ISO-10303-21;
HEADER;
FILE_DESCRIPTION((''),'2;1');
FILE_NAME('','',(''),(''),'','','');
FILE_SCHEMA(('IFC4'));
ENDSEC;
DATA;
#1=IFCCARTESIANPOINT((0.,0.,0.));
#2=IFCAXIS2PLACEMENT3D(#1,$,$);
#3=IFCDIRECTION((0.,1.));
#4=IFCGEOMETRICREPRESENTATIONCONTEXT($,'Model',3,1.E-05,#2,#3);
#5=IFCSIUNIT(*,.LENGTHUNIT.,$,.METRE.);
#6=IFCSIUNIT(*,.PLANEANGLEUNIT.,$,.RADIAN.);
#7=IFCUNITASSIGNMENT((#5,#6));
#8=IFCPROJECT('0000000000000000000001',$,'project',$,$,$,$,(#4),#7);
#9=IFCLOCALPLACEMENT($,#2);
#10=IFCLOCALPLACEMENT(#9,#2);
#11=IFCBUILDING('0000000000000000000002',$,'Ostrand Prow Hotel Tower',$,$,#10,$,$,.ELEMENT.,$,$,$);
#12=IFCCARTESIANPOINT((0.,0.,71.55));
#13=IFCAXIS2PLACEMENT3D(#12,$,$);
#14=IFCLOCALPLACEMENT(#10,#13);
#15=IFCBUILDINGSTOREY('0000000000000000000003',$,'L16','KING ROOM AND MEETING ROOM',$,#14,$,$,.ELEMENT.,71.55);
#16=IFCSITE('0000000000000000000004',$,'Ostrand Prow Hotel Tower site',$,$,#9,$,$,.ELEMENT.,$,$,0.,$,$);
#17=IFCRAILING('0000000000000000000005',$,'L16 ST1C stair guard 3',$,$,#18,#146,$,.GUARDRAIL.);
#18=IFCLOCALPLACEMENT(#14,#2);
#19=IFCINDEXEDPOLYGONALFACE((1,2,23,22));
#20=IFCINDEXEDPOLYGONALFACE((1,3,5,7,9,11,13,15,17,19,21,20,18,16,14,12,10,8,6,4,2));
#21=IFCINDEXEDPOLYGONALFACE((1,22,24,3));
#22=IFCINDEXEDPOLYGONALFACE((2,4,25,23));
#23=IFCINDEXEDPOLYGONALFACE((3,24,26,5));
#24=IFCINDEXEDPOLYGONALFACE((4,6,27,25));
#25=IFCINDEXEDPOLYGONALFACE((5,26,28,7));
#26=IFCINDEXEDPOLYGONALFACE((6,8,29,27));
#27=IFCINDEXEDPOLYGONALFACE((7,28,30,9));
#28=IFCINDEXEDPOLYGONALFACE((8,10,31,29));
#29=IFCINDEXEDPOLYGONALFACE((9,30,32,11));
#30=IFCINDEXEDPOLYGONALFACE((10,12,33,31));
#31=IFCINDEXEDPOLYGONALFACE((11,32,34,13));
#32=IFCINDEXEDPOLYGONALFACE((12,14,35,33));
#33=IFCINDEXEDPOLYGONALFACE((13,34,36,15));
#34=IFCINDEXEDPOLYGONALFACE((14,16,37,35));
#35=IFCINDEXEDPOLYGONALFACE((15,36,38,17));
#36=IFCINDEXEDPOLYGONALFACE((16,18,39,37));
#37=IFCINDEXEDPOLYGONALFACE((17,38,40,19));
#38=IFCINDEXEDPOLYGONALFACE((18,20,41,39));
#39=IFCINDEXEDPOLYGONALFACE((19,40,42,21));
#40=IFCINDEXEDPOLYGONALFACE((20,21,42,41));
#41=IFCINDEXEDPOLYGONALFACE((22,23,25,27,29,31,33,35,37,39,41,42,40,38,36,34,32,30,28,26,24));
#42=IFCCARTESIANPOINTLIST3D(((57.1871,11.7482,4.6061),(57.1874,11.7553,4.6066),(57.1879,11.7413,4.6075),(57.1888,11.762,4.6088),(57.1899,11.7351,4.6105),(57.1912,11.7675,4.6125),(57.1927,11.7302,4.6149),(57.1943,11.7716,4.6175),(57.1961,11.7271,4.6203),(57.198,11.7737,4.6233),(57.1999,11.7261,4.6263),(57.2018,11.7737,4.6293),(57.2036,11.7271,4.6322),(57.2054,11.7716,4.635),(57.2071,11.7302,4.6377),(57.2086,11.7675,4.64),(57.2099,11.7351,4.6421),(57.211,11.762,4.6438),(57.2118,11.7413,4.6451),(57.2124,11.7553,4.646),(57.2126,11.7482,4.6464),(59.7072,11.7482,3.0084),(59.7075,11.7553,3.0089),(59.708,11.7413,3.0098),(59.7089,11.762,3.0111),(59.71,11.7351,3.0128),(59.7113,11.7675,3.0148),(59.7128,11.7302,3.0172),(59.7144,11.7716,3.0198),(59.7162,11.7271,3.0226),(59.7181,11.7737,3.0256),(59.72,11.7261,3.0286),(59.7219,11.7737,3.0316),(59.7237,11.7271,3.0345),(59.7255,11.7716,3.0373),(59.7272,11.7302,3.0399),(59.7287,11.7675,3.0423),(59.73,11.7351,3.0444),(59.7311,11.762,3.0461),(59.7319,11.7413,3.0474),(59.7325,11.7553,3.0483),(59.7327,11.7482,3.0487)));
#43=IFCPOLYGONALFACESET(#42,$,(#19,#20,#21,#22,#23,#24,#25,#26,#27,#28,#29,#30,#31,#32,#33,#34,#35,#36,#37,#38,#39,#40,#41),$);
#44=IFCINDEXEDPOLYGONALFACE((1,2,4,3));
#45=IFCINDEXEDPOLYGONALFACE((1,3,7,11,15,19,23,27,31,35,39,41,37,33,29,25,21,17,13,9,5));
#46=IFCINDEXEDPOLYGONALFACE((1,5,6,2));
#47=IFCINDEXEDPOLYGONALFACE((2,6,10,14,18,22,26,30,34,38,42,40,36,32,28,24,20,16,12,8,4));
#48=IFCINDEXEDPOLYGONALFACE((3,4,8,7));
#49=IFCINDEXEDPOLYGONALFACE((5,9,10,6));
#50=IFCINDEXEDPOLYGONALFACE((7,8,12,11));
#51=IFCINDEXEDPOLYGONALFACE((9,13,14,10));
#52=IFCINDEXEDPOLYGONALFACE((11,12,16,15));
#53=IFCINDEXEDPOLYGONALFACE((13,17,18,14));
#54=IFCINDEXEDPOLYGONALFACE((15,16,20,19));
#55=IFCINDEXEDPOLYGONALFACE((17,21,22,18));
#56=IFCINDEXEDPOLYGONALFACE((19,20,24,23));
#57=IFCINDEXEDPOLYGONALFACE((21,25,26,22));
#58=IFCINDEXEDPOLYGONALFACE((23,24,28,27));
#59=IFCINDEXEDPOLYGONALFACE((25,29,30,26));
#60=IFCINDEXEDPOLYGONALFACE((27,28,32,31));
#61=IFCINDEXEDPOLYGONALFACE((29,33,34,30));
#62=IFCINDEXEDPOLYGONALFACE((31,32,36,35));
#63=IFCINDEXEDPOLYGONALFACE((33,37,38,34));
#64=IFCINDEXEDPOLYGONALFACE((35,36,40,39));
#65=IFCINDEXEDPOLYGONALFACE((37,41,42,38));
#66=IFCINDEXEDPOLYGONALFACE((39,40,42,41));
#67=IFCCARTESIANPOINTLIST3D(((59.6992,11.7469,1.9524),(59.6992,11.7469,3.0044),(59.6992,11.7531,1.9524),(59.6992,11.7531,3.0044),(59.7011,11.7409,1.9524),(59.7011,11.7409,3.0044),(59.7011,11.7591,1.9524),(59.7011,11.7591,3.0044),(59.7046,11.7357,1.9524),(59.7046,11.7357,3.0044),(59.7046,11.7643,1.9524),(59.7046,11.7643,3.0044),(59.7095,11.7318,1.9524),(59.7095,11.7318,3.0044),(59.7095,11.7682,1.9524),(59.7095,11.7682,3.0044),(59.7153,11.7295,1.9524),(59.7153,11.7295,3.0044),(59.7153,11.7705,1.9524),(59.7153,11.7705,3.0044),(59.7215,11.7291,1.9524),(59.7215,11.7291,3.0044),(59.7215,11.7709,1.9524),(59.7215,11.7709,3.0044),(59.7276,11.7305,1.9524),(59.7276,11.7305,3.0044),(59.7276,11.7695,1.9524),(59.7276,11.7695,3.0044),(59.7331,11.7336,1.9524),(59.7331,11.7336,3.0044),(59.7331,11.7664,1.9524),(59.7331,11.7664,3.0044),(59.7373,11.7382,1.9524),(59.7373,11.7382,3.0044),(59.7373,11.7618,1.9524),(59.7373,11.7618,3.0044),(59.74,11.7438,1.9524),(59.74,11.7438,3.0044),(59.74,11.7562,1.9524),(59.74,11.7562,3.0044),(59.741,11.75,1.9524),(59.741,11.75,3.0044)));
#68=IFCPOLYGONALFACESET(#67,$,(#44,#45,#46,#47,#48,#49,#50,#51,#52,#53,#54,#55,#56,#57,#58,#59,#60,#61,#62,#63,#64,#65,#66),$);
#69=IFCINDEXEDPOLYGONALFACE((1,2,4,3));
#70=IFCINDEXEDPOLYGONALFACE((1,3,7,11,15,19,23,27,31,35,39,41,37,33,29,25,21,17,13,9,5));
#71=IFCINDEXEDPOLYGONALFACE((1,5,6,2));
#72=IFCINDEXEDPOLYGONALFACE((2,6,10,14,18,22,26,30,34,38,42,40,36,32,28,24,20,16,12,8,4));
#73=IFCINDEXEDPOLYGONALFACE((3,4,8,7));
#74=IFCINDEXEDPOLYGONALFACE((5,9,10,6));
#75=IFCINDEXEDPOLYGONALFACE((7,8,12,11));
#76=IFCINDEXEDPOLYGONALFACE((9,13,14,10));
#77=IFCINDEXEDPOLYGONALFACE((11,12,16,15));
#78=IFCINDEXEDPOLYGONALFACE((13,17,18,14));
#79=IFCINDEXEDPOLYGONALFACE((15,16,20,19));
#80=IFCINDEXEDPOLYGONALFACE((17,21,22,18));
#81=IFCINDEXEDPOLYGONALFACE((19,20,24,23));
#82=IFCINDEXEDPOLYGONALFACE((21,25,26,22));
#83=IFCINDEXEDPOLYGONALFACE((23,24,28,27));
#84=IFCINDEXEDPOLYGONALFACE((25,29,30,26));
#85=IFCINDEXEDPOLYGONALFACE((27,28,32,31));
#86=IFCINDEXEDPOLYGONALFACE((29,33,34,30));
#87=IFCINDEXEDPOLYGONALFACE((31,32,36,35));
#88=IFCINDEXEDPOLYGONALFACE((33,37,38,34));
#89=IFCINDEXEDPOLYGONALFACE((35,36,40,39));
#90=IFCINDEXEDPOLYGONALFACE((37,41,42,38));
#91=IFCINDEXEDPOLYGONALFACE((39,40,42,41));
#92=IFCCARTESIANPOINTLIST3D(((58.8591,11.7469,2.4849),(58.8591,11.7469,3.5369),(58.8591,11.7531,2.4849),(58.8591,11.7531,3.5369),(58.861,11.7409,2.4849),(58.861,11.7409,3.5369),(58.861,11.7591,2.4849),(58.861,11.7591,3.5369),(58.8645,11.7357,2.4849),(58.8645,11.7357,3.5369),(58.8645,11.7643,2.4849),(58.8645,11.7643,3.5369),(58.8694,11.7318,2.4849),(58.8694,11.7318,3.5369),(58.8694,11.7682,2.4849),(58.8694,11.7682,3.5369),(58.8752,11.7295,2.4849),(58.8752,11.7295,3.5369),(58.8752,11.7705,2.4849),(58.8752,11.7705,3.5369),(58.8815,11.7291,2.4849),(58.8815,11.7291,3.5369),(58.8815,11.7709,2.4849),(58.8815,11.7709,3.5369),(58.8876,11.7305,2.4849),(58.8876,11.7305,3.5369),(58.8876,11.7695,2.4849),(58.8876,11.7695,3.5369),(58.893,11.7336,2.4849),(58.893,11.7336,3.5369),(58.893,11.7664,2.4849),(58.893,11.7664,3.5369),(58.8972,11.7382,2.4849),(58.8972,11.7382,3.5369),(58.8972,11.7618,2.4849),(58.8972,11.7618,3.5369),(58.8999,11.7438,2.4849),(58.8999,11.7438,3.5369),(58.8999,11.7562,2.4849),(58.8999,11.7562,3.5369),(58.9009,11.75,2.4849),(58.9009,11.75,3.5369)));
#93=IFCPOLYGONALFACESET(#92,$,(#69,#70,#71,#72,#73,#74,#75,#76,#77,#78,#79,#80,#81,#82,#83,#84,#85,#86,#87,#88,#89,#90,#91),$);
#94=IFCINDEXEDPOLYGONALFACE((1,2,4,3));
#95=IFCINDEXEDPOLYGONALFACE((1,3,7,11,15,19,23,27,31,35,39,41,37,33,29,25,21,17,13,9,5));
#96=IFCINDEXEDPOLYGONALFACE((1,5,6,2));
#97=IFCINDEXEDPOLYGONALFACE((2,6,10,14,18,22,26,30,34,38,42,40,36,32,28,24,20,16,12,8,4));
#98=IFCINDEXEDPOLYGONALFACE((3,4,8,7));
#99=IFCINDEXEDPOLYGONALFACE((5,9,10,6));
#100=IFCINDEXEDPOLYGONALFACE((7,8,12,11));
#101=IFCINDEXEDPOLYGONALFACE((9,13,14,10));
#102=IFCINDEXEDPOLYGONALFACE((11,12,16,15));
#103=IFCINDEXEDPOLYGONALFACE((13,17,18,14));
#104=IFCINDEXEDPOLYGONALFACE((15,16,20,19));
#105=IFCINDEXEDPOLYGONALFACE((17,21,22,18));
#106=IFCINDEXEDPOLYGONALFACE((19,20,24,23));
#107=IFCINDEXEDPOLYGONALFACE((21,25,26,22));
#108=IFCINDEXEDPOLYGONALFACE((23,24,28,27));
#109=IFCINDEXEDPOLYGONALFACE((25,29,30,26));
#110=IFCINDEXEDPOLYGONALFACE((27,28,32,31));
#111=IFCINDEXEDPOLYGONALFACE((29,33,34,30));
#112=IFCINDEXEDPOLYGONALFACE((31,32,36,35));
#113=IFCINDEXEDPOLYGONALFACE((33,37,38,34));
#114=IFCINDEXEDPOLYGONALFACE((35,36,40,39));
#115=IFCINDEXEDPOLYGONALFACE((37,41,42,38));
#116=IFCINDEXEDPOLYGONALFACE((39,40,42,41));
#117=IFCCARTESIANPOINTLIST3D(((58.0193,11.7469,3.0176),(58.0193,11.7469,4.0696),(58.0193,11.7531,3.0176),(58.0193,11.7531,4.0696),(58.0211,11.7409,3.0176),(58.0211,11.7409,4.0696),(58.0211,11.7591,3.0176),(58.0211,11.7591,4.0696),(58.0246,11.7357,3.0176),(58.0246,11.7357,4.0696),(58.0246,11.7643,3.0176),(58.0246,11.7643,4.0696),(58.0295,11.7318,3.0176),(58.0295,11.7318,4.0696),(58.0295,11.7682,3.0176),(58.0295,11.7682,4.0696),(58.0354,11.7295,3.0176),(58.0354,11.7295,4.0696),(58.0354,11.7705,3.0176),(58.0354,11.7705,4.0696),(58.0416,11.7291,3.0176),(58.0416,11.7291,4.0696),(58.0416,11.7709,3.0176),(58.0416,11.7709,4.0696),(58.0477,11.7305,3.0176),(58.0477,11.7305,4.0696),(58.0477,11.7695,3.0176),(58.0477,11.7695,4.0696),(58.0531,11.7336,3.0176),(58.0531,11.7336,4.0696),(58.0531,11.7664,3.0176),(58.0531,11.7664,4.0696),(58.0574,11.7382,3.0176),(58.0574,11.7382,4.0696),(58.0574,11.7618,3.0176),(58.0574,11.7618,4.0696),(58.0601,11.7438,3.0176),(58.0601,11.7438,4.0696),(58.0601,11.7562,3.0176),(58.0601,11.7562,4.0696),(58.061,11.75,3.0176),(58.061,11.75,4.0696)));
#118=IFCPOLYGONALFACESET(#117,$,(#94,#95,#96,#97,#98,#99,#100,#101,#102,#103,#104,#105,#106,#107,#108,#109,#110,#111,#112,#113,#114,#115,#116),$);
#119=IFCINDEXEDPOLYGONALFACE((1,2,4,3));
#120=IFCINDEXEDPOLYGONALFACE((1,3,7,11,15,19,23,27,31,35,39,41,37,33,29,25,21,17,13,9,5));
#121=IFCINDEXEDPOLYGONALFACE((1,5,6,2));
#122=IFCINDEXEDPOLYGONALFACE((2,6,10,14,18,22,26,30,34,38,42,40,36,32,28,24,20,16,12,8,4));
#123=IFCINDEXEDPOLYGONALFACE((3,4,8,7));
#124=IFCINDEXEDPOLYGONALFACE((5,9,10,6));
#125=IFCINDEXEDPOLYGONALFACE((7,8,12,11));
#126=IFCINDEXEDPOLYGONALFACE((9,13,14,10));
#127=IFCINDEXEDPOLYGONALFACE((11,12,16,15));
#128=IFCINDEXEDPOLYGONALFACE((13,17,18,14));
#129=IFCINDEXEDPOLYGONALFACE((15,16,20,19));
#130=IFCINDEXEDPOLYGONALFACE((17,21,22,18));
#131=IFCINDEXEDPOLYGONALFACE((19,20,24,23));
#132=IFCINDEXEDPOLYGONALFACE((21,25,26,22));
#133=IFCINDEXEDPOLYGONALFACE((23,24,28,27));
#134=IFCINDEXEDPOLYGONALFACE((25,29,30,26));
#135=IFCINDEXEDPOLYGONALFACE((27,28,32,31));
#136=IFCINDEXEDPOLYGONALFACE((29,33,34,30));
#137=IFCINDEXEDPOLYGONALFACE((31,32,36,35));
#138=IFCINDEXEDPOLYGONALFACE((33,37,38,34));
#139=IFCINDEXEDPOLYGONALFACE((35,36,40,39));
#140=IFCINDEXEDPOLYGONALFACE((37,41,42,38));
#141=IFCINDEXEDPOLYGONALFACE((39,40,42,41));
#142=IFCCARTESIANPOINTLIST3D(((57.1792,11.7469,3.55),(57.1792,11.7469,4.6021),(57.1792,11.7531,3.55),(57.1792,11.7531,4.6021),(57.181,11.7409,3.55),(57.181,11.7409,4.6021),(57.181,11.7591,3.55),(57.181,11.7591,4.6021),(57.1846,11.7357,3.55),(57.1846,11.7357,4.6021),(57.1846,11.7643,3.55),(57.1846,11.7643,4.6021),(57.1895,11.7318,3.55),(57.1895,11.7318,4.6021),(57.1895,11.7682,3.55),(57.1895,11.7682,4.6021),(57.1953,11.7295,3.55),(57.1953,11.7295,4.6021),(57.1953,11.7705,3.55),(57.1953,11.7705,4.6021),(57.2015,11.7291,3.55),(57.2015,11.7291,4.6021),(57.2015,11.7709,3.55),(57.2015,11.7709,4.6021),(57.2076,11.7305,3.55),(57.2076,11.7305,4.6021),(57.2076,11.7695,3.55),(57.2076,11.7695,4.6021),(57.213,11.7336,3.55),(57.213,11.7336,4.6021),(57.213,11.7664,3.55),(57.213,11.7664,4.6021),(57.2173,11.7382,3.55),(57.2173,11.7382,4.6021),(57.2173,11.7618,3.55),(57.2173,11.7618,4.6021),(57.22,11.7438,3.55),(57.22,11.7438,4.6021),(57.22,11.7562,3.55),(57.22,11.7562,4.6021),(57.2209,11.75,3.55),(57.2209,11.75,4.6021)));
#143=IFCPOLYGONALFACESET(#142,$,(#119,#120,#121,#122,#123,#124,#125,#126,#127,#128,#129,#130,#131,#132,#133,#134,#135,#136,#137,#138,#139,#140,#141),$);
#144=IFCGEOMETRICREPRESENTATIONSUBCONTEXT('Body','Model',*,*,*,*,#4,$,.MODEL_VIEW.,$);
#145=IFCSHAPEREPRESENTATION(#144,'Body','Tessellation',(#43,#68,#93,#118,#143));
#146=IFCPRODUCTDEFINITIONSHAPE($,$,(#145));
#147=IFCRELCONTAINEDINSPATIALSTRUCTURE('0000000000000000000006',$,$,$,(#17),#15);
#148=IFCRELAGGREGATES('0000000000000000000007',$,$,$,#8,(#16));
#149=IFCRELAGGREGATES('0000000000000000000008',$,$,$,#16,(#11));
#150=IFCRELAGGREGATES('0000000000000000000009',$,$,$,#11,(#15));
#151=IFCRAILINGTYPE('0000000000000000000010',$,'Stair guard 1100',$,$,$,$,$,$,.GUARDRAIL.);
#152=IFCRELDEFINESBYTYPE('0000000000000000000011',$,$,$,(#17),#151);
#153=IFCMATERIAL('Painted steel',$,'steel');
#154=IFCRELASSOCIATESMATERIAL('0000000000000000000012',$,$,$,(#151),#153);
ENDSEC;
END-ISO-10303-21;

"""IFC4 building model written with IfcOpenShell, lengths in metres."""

from ifc_helpers import new_model, si_unit, direction, frame, origin, origin_2d, place, context, subcontext, project, spatial, circle, extrude, material, type_object, element, save


model = new_model("IFC4")

# Units and contexts
model_context = context("Model", 3, precision=1e-05, world=origin(), true_north=direction((0.0, 1.0)))
body_context = subcontext(model_context, "Body", "Model", "MODEL_VIEW")
ifc_project = project(units=[si_unit("LENGTHUNIT", "METRE"), si_unit("PLANEANGLEUNIT", "RADIAN")], contexts=[model_context])

# Site, building, storey
site_placement = place(None, origin())
site = spatial("IfcSite", under=ifc_project, at=site_placement, Name="Ostrand Prow Hotel Tower site", CompositionType="ELEMENT", RefElevation=0.0)
building_placement = place(site_placement, origin())
building = spatial("IfcBuilding", under=site, at=building_placement, Name="Ostrand Prow Hotel Tower", CompositionType="ELEMENT")
storey_placement = place(building_placement, frame((0.0, 0.0, 71.55)))
storey = spatial("IfcBuildingStorey", under=building, at=storey_placement, Name="L16", Description="KING ROOM AND MEETING ROOM", CompositionType="ELEMENT", Elevation=71.55)

# Railing
ifc_material_1 = material(Name="Painted steel", Category="steel")
railing_type_1 = type_object("IfcRailingType", Name="Stair guard 1100", PredefinedType="GUARDRAIL", material=ifc_material_1)
railing_1_placement = place(storey_placement, frame((59.72, 11.75, 1.9524)))
element("IfcRailing", 1, at=railing_1_placement, inside=storey, type_object=railing_type_1, Name="L16 ST1C stair guard 3", PredefinedType="GUARDRAIL", context=body_context, shape_type="SweptSolid", body=[
    extrude(circle(Radius=0.0239, at=origin_2d()), frame((0.0, 0.0, 1.0762), z_axis=(-0.84457, 0.0, 0.535445), x_axis=(0.0, -1.0, 0.0)), (0.0, 0.0, 1.0), 2.9839),
    extrude(circle(Radius=0.021, at=origin_2d()), origin(), (0.0, 0.0, 1.0), 1.052),
    extrude(circle(Radius=0.021, at=origin_2d()), frame((-0.8401, 0.0, 0.5325)), (0.0, 0.0, 1.0), 1.052),
    extrude(circle(Radius=0.021, at=origin_2d()), frame((-1.6799, 0.0, 1.0652)), (0.0, 0.0, 1.0), 1.052),
    extrude(circle(Radius=0.021, at=origin_2d()), frame((-2.52, 0.0, 1.5977)), (0.0, 0.0, 1.0), 1.052),
])

save(model, "model.ifc")
